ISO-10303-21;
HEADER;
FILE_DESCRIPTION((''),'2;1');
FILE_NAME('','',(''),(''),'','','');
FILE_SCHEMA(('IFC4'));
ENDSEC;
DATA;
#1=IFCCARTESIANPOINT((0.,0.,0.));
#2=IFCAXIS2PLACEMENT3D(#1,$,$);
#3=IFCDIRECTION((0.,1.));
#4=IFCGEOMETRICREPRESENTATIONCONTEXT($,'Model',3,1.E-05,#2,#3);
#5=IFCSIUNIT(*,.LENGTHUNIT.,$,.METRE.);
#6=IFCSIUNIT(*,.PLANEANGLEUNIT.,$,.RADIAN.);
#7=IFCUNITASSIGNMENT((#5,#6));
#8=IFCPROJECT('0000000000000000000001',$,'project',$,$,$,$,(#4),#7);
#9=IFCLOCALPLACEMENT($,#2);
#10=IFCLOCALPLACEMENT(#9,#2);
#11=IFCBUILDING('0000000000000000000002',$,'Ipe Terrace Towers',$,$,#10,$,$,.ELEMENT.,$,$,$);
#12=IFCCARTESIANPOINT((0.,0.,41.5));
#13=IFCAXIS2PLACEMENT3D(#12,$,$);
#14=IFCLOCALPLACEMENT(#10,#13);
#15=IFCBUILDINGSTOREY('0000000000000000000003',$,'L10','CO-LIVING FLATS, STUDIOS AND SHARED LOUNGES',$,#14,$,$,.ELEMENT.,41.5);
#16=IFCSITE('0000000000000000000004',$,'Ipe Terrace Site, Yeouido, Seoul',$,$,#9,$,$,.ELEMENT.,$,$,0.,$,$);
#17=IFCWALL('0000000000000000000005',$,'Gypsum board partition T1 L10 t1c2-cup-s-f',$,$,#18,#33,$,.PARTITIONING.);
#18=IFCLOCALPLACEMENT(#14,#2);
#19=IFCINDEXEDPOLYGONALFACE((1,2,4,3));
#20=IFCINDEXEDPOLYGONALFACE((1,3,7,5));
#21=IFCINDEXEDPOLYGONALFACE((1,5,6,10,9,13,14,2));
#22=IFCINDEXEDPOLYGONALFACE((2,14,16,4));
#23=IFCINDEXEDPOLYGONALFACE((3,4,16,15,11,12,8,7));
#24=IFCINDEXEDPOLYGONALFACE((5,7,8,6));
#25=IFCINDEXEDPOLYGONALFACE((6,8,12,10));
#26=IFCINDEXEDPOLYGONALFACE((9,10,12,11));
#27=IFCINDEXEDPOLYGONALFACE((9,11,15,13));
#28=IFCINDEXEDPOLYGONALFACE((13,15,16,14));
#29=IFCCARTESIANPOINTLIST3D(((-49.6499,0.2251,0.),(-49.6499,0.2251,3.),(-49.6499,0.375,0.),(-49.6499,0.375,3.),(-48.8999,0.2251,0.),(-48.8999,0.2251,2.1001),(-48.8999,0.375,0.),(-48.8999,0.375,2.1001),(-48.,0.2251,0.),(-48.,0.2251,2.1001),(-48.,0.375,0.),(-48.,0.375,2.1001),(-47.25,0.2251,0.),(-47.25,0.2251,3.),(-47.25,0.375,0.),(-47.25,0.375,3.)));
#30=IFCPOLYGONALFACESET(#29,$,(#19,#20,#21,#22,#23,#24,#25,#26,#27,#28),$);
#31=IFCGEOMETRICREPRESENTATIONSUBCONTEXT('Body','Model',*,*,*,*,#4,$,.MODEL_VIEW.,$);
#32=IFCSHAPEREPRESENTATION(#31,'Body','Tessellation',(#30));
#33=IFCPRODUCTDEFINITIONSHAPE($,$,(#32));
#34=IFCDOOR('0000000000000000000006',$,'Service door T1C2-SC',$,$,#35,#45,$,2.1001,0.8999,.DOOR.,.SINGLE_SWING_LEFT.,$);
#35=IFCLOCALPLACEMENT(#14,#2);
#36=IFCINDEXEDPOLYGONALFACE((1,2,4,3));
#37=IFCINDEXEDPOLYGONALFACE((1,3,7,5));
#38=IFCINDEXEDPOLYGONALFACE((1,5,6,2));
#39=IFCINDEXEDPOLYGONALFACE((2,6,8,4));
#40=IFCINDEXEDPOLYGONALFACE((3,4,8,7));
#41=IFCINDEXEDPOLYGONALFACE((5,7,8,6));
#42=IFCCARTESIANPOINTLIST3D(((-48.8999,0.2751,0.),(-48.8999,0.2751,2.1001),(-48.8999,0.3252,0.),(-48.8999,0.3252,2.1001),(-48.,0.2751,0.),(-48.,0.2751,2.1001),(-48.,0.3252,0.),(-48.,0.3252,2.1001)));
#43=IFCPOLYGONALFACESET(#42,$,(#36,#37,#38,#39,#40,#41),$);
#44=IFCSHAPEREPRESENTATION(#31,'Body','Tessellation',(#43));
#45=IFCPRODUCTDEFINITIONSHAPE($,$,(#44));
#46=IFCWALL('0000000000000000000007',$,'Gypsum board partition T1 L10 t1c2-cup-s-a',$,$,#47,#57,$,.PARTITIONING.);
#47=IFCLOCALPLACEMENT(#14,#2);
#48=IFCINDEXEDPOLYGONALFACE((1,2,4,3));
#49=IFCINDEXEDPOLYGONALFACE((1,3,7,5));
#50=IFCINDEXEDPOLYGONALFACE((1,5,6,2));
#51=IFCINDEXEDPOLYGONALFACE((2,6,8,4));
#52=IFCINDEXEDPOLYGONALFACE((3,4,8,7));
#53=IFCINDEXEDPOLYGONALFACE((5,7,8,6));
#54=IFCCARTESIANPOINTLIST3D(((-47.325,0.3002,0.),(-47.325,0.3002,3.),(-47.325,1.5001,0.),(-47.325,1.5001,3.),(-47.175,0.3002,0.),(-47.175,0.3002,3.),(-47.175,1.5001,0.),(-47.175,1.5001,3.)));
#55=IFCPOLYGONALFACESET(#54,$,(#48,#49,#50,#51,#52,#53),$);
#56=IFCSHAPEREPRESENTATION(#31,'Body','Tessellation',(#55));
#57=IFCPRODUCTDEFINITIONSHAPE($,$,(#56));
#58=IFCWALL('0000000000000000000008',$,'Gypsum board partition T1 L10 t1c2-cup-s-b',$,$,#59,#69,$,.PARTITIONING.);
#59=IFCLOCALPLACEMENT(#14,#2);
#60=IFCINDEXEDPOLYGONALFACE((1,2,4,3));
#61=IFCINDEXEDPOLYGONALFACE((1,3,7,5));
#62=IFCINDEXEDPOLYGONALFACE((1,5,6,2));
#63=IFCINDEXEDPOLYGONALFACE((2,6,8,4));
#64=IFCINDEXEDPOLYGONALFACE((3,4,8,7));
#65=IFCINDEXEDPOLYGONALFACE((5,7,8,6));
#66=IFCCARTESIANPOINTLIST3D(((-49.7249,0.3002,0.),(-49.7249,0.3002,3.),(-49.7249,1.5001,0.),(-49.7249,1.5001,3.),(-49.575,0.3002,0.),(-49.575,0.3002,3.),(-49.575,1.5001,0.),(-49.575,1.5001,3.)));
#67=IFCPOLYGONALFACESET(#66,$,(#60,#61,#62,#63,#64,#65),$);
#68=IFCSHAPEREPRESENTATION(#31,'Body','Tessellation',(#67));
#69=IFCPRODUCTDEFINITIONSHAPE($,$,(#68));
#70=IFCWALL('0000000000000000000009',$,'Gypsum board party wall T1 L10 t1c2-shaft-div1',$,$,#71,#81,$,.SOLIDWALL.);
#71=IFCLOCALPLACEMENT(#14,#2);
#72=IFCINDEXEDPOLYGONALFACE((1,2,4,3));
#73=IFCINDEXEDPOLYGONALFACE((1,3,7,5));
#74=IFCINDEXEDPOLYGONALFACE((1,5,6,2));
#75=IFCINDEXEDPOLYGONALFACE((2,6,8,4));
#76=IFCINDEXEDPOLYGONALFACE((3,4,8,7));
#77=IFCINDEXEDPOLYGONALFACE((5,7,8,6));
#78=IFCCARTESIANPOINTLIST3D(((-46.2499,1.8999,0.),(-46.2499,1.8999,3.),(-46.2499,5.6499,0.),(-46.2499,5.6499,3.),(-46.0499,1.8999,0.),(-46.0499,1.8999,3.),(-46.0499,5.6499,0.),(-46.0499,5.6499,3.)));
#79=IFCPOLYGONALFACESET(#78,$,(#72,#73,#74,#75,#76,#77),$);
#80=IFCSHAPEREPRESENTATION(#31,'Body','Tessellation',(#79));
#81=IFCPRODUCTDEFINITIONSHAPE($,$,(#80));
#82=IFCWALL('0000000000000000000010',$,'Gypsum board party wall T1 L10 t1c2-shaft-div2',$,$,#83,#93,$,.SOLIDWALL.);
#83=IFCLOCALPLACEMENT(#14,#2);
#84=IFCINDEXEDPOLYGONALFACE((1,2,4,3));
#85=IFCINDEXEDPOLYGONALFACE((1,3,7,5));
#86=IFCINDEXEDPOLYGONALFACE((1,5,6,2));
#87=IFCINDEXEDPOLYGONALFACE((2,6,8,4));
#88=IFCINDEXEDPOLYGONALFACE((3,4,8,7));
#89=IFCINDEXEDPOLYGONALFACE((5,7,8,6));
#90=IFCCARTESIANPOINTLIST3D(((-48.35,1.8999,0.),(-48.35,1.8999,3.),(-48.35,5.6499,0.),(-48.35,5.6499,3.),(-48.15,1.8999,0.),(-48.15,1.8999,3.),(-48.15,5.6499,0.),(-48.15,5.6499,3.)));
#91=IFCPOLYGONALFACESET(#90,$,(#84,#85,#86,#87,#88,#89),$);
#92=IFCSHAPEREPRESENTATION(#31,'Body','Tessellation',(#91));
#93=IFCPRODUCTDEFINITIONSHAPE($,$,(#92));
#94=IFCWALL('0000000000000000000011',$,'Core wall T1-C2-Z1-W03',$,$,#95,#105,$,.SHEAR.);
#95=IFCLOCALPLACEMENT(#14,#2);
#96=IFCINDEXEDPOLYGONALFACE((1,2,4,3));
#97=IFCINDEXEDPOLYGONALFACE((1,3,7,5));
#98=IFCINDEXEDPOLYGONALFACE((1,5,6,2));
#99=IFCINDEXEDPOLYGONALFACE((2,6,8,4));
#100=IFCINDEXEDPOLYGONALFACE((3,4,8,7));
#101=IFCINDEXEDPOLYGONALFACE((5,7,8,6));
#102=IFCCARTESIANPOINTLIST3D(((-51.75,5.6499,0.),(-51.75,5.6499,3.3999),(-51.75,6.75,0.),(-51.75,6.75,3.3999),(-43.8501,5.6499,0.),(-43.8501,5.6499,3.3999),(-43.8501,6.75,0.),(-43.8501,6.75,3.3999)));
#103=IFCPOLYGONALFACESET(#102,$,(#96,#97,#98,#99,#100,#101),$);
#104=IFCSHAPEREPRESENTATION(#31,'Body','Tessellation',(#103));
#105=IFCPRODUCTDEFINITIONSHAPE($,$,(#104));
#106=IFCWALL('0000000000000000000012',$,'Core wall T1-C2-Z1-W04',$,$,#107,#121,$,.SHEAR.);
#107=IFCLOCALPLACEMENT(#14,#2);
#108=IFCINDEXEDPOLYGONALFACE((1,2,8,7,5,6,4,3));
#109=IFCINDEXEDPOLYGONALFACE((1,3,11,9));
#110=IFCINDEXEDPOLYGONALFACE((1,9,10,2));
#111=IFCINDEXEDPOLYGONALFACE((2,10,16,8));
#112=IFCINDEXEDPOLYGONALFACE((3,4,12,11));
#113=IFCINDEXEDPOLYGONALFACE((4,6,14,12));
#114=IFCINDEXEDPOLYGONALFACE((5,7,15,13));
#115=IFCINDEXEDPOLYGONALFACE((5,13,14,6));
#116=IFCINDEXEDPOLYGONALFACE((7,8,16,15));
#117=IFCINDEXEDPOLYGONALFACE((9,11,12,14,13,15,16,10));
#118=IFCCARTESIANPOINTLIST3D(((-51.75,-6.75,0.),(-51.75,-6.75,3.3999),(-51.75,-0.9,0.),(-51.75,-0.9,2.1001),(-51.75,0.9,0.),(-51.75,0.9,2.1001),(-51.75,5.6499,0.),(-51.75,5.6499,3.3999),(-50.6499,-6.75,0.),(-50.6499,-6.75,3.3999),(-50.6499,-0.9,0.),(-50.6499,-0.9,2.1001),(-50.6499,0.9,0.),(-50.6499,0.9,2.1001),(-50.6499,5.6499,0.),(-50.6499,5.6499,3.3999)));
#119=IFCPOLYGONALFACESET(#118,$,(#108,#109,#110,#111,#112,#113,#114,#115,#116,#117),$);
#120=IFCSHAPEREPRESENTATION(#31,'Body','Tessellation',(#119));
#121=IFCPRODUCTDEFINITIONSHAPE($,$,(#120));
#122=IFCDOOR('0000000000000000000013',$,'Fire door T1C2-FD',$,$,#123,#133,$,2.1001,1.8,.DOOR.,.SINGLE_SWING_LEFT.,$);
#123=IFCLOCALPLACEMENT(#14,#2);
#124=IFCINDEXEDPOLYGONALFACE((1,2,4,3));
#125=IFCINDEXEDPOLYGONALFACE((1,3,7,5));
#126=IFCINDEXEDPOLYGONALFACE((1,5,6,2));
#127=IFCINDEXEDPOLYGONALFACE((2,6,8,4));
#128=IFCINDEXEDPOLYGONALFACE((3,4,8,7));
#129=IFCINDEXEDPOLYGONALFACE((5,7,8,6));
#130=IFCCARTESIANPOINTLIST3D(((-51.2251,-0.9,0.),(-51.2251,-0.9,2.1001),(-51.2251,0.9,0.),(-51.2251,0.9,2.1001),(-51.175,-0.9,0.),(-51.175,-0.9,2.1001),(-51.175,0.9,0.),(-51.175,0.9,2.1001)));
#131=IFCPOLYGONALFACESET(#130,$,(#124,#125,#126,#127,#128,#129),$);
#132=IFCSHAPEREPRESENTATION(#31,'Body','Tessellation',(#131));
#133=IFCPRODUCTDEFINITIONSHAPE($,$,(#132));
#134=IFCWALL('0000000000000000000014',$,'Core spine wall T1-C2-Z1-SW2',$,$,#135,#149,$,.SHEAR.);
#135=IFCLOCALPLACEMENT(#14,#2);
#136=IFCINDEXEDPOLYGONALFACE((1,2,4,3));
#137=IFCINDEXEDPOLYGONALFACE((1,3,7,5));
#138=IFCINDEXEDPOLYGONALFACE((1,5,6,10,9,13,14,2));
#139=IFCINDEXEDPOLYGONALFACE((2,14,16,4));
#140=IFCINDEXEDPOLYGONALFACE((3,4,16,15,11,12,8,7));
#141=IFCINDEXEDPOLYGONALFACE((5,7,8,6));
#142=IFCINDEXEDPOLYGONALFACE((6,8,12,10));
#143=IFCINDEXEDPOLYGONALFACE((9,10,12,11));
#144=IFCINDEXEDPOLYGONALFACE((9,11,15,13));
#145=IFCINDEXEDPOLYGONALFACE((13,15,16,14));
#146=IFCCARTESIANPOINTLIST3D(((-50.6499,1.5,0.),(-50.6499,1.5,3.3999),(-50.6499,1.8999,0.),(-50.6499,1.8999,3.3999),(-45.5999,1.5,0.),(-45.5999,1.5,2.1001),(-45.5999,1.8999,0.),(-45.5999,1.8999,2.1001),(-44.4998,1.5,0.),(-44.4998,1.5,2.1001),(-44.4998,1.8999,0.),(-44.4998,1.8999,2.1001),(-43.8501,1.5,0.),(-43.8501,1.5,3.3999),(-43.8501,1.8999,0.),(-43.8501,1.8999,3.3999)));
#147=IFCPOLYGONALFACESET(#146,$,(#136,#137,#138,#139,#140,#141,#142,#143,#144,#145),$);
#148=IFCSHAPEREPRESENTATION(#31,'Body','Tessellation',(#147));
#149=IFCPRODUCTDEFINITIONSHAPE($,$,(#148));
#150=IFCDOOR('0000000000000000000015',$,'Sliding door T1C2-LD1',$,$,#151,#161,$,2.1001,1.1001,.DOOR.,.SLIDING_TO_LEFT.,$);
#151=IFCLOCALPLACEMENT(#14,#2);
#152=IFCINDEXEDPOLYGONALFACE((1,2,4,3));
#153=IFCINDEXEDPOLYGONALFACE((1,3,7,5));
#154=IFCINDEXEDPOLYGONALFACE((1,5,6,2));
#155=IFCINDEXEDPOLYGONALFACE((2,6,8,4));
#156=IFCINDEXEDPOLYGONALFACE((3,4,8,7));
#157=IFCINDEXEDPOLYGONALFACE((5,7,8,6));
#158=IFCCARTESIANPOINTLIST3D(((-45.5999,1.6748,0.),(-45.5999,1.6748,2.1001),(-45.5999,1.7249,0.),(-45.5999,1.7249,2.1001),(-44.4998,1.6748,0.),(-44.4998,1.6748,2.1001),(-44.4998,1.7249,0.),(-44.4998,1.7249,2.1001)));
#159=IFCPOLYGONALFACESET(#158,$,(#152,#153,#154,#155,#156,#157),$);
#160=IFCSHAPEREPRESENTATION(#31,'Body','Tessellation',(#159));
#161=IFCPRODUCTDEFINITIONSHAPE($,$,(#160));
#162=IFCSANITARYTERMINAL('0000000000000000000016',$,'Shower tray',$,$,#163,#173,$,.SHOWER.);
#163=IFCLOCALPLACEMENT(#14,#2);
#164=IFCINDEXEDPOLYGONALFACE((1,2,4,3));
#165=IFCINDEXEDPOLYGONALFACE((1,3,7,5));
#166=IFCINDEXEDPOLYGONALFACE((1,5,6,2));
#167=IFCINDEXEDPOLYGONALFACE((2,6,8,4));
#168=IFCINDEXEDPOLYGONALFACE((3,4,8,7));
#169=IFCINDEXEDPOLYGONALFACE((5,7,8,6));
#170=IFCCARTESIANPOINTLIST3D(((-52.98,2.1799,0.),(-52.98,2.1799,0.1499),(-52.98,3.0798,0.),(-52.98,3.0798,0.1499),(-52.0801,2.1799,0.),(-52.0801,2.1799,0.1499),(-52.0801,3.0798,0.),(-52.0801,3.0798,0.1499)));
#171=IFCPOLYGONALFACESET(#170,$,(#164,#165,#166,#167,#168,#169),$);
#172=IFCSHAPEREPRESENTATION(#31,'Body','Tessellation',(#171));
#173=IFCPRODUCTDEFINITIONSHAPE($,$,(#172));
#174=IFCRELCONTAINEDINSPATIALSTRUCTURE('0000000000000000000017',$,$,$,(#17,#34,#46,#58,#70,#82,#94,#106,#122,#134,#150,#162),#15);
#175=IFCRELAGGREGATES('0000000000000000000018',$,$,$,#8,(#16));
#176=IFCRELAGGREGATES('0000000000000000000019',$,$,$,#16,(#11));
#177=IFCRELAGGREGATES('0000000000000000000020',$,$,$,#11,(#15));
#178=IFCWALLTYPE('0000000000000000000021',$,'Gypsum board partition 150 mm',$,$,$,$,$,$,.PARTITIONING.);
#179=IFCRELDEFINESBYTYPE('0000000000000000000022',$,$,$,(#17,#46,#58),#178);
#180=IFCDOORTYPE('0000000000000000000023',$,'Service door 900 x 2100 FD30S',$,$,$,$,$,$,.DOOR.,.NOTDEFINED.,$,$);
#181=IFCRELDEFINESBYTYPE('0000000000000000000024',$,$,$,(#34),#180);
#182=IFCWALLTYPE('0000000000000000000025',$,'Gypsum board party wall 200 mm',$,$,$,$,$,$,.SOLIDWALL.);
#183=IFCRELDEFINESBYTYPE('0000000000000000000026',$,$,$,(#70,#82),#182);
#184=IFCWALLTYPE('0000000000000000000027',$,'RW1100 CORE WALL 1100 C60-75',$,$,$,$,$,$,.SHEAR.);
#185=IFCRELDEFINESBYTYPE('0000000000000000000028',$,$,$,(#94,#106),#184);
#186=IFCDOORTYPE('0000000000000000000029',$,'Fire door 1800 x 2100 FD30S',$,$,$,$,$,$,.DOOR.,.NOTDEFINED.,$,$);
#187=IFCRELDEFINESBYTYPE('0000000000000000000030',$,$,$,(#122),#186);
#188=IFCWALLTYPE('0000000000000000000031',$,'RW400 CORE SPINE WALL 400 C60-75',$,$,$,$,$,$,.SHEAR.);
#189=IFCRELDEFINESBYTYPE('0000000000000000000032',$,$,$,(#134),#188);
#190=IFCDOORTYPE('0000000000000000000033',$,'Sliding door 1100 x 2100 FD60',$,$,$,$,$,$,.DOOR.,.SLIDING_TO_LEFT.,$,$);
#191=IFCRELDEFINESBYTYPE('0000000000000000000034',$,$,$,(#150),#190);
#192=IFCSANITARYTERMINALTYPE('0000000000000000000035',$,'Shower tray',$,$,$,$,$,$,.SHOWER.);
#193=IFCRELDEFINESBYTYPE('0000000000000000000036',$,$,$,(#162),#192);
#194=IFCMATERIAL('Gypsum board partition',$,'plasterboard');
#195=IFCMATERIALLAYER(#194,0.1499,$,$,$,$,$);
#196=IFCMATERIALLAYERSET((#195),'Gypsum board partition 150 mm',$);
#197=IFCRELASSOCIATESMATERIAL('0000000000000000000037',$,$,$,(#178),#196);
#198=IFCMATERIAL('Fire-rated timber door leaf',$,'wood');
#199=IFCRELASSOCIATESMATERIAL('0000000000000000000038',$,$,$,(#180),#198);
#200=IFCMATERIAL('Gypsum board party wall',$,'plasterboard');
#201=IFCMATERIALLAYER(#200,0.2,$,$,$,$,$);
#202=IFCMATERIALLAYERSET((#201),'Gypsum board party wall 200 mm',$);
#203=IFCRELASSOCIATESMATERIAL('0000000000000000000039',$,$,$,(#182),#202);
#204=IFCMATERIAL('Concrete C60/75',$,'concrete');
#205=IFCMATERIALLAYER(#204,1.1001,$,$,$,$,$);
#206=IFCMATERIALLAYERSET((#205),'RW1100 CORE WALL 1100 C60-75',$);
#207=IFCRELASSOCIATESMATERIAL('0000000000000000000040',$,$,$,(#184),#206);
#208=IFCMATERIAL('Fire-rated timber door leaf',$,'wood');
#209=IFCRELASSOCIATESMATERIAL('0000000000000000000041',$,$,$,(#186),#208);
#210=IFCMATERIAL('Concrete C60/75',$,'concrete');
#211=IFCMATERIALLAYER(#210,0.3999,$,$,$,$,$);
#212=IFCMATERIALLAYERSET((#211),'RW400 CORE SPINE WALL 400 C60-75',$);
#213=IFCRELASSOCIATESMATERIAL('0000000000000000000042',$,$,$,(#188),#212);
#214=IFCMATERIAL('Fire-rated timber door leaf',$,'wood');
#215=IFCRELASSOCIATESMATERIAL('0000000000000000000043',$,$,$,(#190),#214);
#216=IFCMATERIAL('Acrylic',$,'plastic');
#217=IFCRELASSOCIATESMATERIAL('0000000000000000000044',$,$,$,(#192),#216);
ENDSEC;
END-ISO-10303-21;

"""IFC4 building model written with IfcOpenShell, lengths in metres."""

from ifc_helpers import new_model, si_unit, direction, frame, frame_2d, origin, origin_2d, place, context, subcontext, project, spatial, rectangle, extrude, material, layer, layer_set, type_object, element, fill, save


model = new_model("IFC4")

# Units and contexts
model_context = context("Model", 3, precision=1e-05, world=origin(), true_north=direction((0.0, 1.0)))
body_context = subcontext(model_context, "Body", "Model", "MODEL_VIEW")
ifc_project = project(units=[si_unit("LENGTHUNIT", "METRE"), si_unit("PLANEANGLEUNIT", "RADIAN")], contexts=[model_context])

# Site, building, storey
site_placement = place(None, origin())
site = spatial("IfcSite", under=ifc_project, at=site_placement, Name="Ipe Terrace Site, Yeouido, Seoul", CompositionType="ELEMENT", RefElevation=0.0)
building_placement = place(site_placement, origin())
building = spatial("IfcBuilding", under=site, at=building_placement, Name="Ipe Terrace Towers", CompositionType="ELEMENT")
storey_placement = place(building_placement, frame((0.0, 0.0, 41.5)))
storey = spatial("IfcBuildingStorey", under=building, at=storey_placement, Name="L10", Description="CO-LIVING FLATS, STUDIOS AND SHARED LOUNGES", CompositionType="ELEMENT", Elevation=41.5)

# Wall, opening, door
ifc_material_1 = material(Name="Gypsum board partition", Category="plasterboard")
ifc_layer_1 = layer(ifc_material_1, 0.1499)
ifc_layer_set_1 = layer_set([ifc_layer_1], Name="Gypsum board partition 150 mm")
wall_type_1 = type_object("IfcWallType", Name="Gypsum board partition 150 mm", PredefinedType="PARTITIONING", material=ifc_layer_set_1)
wall_1_placement = place(storey_placement, frame((-47.25, 0.3, 0.0), z_axis=(0.0, 0.0, 1.0), x_axis=(-1.0, 0.0, 0.0)))
wall_1 = element("IfcWall", 1, at=wall_1_placement, inside=storey, type_object=wall_type_1, Name="Gypsum board partition T1 L10 t1c2-cup-s-f", PredefinedType="PARTITIONING", context=body_context, shape_type="SweptSolid", body=[
    extrude(rectangle(XDim=2.3999, YDim=0.1499, at=frame_2d((1.2, 0.0))), origin(), (0.0, 0.0, 1.0), 3.0),
])
opening_1_placement = place(wall_1_placement, frame((0.75, 0.0, 0.0)))
opening_1 = element("IfcOpeningElement", 2, at=opening_1_placement, cuts=wall_1, PredefinedType="OPENING", context=body_context, shape_type="SweptSolid", body=[
    extrude(rectangle(XDim=0.8999, YDim=2.1001, at=frame_2d((0.45, 1.05))), frame((0.0, 0.085, 0.0), z_axis=(0.0, -1.0, 0.0), x_axis=(1.0, 0.0, 0.0)), (0.0, 0.0, 1.0), 0.1699),
])
ifc_material_2 = material(Name="Fire-rated timber door leaf", Category="wood")
door_type_1 = type_object("IfcDoorType", Name="Service door 900 x 2100 FD30S", OperationType="NOTDEFINED", PredefinedType="DOOR", material=ifc_material_2)
door_1_placement = place(opening_1_placement, origin())
door_1 = element("IfcDoor", 3, at=door_1_placement, inside=storey, type_object=door_type_1, Name="Service door T1C2-SC", OperationType="SINGLE_SWING_LEFT", OverallHeight=2.1001, OverallWidth=0.8999, PredefinedType="DOOR", context=body_context, shape_type="SweptSolid", body=[
    extrude(rectangle(XDim=0.8999, YDim=2.1001, at=frame_2d((0.45, 1.05))), frame((0.0, 0.0249, 0.0), z_axis=(0.0, -1.0, 0.0), x_axis=(1.0, 0.0, 0.0)), (0.0, 0.0, 1.0), 0.05),
])
fill(opening_1, door_1)

# Walls
for number, where, z_axis, x_axis, name in (
    (4, (-47.25, 0.3, 0.0), (0.0, 0.0, 1.0), (0.0, 1.0, 0.0), "Gypsum board partition T1 L10 t1c2-cup-s-a"),
    (5, (-49.6499, 0.3, 0.0), (0.0, 0.0, 1.0), (0.0, 1.0, 0.0), "Gypsum board partition T1 L10 t1c2-cup-s-b"),
):
    element("IfcWall", number, at=place(storey_placement, frame(where, z_axis=z_axis, x_axis=x_axis)), inside=storey, type_object=wall_type_1, Name=name, PredefinedType="PARTITIONING", context=body_context, shape_type="SweptSolid", body=[
        extrude(rectangle(XDim=1.2, YDim=0.1499, at=frame_2d((0.6001, 0.0))), origin(), (0.0, 0.0, 1.0), 3.0),
    ])
ifc_material_3 = material(Name="Gypsum board party wall", Category="plasterboard")
ifc_layer_2 = layer(ifc_material_3, 0.2)
ifc_layer_set_2 = layer_set([ifc_layer_2], Name="Gypsum board party wall 200 mm")
wall_type_2 = type_object("IfcWallType", Name="Gypsum board party wall 200 mm", PredefinedType="SOLIDWALL", material=ifc_layer_set_2)
for number, where, z_axis, x_axis, name in (
    (6, (-46.1499, 5.6499, 0.0), (0.0, 0.0, 1.0), (0.0, -1.0, 0.0), "Gypsum board party wall T1 L10 t1c2-shaft-div1"),
    (7, (-48.25, 5.6499, 0.0), (0.0, 0.0, 1.0), (0.0, -1.0, 0.0), "Gypsum board party wall T1 L10 t1c2-shaft-div2"),
):
    element("IfcWall", number, at=place(storey_placement, frame(where, z_axis=z_axis, x_axis=x_axis)), inside=storey, type_object=wall_type_2, Name=name, PredefinedType="SOLIDWALL", context=body_context, shape_type="SweptSolid", body=[
        extrude(rectangle(XDim=3.75, YDim=0.2, at=frame_2d((1.875, 0.0))), origin(), (0.0, 0.0, 1.0), 3.0),
    ])
ifc_material_4 = material(Name="Concrete C60/75", Category="concrete")
ifc_layer_3 = layer(ifc_material_4, 1.1001)
ifc_layer_set_3 = layer_set([ifc_layer_3], Name="RW1100 CORE WALL 1100 C60-75")
wall_type_3 = type_object("IfcWallType", Name="RW1100 CORE WALL 1100 C60-75", PredefinedType="SHEAR", material=ifc_layer_set_3)
wall_2_placement = place(storey_placement, frame((-43.8501, 6.2, 0.0), z_axis=(0.0, 0.0, 1.0), x_axis=(-1.0, 0.0, 0.0)))
element("IfcWall", 8, at=wall_2_placement, inside=storey, type_object=wall_type_3, Name="Core wall T1-C2-Z1-W03", PredefinedType="SHEAR", context=body_context, shape_type="SweptSolid", body=[
    extrude(rectangle(XDim=7.8999, YDim=1.1001, at=frame_2d((3.95, 0.0))), origin(), (0.0, 0.0, 1.0), 3.3999),
])

# Walls, openings, doors
wall_3_placement = place(storey_placement, frame((-51.2, 5.6499, 0.0), z_axis=(0.0, 0.0, 1.0), x_axis=(0.0, -1.0, 0.0)))
wall_3 = element("IfcWall", 9, at=wall_3_placement, inside=storey, type_object=wall_type_3, Name="Core wall T1-C2-Z1-W04", PredefinedType="SHEAR", context=body_context, shape_type="SweptSolid", body=[
    extrude(rectangle(XDim=12.3999, YDim=1.1001, at=frame_2d((6.2, 0.0))), origin(), (0.0, 0.0, 1.0), 3.3999),
])
opening_2_placement = place(wall_3_placement, frame((4.75, 0.0, 0.0)))
opening_2 = element("IfcOpeningElement", 10, at=opening_2_placement, cuts=wall_3, PredefinedType="OPENING", context=body_context, shape_type="SweptSolid", body=[
    extrude(rectangle(XDim=1.8, YDim=2.1001, at=frame_2d((0.8999, 1.05))), frame((0.0, 0.5601, 0.0), z_axis=(0.0, -1.0, 0.0), x_axis=(1.0, 0.0, 0.0)), (0.0, 0.0, 1.0), 1.1201),
])
ifc_material_5 = material(Name="Fire-rated timber door leaf", Category="wood")
door_type_2 = type_object("IfcDoorType", Name="Fire door 1800 x 2100 FD30S", OperationType="NOTDEFINED", PredefinedType="DOOR", material=ifc_material_5)
door_2_placement = place(opening_2_placement, origin())
door_2 = element("IfcDoor", 11, at=door_2_placement, inside=storey, type_object=door_type_2, Name="Fire door T1C2-FD", OperationType="SINGLE_SWING_LEFT", OverallHeight=2.1001, OverallWidth=1.8, PredefinedType="DOOR", context=body_context, shape_type="SweptSolid", body=[
    extrude(rectangle(XDim=1.8, YDim=2.1001, at=frame_2d((0.8999, 1.05))), frame((0.0, 0.0249, 0.0), z_axis=(0.0, -1.0, 0.0), x_axis=(1.0, 0.0, 0.0)), (0.0, 0.0, 1.0), 0.05),
])
fill(opening_2, door_2)
ifc_material_6 = material(Name="Concrete C60/75", Category="concrete")
ifc_layer_4 = layer(ifc_material_6, 0.3999)
ifc_layer_set_4 = layer_set([ifc_layer_4], Name="RW400 CORE SPINE WALL 400 C60-75")
wall_type_4 = type_object("IfcWallType", Name="RW400 CORE SPINE WALL 400 C60-75", PredefinedType="SHEAR", material=ifc_layer_set_4)
wall_4_placement = place(storey_placement, frame((-50.6499, 1.7, 0.0), z_axis=(0.0, 0.0, 1.0), x_axis=(1.0, 0.0, 0.0)))
wall_4 = element("IfcWall", 12, at=wall_4_placement, inside=storey, type_object=wall_type_4, Name="Core spine wall T1-C2-Z1-SW2", PredefinedType="SHEAR", context=body_context, shape_type="SweptSolid", body=[
    extrude(rectangle(XDim=6.7998, YDim=0.3999, at=frame_2d((3.3999, 0.0))), origin(), (0.0, 0.0, 1.0), 3.3999),
])
opening_3_placement = place(wall_4_placement, frame((5.05, 0.0, 0.0)))
opening_3 = element("IfcOpeningElement", 13, at=opening_3_placement, cuts=wall_4, PredefinedType="OPENING", context=body_context, shape_type="SweptSolid", body=[
    extrude(rectangle(XDim=1.1001, YDim=2.1001, at=frame_2d((0.55, 1.05))), frame((0.0, 0.21, 0.0), z_axis=(0.0, -1.0, 0.0), x_axis=(1.0, 0.0, 0.0)), (0.0, 0.0, 1.0), 0.4199),
])
ifc_material_7 = material(Name="Fire-rated timber door leaf", Category="wood")
door_type_3 = type_object("IfcDoorType", Name="Sliding door 1100 x 2100 FD60", OperationType="SLIDING_TO_LEFT", PredefinedType="DOOR", material=ifc_material_7)
door_3_placement = place(opening_3_placement, origin())
door_3 = element("IfcDoor", 14, at=door_3_placement, inside=storey, type_object=door_type_3, Name="Sliding door T1C2-LD1", OperationType="SLIDING_TO_LEFT", OverallHeight=2.1001, OverallWidth=1.1001, PredefinedType="DOOR", context=body_context, shape_type="SweptSolid", body=[
    extrude(rectangle(XDim=1.1001, YDim=2.1001, at=frame_2d((0.55, 1.05))), frame((0.0, 0.0249, 0.0), z_axis=(0.0, -1.0, 0.0), x_axis=(1.0, 0.0, 0.0)), (0.0, 0.0, 1.0), 0.05),
])
fill(opening_3, door_3)

# Sanitary terminal
ifc_material_8 = material(Name="Acrylic", Category="plastic")
sanitary_terminal_type_1 = type_object("IfcSanitaryTerminalType", Name="Shower tray", PredefinedType="SHOWER", material=ifc_material_8)
sanitary_terminal_1_placement = place(storey_placement, frame((-52.53, 2.6299, 0.0), z_axis=(0.0, 0.0, 1.0), x_axis=(0.0, -1.0, 0.0)))
element("IfcSanitaryTerminal", 15, at=sanitary_terminal_1_placement, inside=storey, type_object=sanitary_terminal_type_1, Name="Shower tray", PredefinedType="SHOWER", context=body_context, shape_type="SweptSolid", body=[
    extrude(rectangle(XDim=0.8999, YDim=0.8999, at=origin_2d()), origin(), (0.0, 0.0, 1.0), 0.1499),
])

save(model, "model.ifc")
